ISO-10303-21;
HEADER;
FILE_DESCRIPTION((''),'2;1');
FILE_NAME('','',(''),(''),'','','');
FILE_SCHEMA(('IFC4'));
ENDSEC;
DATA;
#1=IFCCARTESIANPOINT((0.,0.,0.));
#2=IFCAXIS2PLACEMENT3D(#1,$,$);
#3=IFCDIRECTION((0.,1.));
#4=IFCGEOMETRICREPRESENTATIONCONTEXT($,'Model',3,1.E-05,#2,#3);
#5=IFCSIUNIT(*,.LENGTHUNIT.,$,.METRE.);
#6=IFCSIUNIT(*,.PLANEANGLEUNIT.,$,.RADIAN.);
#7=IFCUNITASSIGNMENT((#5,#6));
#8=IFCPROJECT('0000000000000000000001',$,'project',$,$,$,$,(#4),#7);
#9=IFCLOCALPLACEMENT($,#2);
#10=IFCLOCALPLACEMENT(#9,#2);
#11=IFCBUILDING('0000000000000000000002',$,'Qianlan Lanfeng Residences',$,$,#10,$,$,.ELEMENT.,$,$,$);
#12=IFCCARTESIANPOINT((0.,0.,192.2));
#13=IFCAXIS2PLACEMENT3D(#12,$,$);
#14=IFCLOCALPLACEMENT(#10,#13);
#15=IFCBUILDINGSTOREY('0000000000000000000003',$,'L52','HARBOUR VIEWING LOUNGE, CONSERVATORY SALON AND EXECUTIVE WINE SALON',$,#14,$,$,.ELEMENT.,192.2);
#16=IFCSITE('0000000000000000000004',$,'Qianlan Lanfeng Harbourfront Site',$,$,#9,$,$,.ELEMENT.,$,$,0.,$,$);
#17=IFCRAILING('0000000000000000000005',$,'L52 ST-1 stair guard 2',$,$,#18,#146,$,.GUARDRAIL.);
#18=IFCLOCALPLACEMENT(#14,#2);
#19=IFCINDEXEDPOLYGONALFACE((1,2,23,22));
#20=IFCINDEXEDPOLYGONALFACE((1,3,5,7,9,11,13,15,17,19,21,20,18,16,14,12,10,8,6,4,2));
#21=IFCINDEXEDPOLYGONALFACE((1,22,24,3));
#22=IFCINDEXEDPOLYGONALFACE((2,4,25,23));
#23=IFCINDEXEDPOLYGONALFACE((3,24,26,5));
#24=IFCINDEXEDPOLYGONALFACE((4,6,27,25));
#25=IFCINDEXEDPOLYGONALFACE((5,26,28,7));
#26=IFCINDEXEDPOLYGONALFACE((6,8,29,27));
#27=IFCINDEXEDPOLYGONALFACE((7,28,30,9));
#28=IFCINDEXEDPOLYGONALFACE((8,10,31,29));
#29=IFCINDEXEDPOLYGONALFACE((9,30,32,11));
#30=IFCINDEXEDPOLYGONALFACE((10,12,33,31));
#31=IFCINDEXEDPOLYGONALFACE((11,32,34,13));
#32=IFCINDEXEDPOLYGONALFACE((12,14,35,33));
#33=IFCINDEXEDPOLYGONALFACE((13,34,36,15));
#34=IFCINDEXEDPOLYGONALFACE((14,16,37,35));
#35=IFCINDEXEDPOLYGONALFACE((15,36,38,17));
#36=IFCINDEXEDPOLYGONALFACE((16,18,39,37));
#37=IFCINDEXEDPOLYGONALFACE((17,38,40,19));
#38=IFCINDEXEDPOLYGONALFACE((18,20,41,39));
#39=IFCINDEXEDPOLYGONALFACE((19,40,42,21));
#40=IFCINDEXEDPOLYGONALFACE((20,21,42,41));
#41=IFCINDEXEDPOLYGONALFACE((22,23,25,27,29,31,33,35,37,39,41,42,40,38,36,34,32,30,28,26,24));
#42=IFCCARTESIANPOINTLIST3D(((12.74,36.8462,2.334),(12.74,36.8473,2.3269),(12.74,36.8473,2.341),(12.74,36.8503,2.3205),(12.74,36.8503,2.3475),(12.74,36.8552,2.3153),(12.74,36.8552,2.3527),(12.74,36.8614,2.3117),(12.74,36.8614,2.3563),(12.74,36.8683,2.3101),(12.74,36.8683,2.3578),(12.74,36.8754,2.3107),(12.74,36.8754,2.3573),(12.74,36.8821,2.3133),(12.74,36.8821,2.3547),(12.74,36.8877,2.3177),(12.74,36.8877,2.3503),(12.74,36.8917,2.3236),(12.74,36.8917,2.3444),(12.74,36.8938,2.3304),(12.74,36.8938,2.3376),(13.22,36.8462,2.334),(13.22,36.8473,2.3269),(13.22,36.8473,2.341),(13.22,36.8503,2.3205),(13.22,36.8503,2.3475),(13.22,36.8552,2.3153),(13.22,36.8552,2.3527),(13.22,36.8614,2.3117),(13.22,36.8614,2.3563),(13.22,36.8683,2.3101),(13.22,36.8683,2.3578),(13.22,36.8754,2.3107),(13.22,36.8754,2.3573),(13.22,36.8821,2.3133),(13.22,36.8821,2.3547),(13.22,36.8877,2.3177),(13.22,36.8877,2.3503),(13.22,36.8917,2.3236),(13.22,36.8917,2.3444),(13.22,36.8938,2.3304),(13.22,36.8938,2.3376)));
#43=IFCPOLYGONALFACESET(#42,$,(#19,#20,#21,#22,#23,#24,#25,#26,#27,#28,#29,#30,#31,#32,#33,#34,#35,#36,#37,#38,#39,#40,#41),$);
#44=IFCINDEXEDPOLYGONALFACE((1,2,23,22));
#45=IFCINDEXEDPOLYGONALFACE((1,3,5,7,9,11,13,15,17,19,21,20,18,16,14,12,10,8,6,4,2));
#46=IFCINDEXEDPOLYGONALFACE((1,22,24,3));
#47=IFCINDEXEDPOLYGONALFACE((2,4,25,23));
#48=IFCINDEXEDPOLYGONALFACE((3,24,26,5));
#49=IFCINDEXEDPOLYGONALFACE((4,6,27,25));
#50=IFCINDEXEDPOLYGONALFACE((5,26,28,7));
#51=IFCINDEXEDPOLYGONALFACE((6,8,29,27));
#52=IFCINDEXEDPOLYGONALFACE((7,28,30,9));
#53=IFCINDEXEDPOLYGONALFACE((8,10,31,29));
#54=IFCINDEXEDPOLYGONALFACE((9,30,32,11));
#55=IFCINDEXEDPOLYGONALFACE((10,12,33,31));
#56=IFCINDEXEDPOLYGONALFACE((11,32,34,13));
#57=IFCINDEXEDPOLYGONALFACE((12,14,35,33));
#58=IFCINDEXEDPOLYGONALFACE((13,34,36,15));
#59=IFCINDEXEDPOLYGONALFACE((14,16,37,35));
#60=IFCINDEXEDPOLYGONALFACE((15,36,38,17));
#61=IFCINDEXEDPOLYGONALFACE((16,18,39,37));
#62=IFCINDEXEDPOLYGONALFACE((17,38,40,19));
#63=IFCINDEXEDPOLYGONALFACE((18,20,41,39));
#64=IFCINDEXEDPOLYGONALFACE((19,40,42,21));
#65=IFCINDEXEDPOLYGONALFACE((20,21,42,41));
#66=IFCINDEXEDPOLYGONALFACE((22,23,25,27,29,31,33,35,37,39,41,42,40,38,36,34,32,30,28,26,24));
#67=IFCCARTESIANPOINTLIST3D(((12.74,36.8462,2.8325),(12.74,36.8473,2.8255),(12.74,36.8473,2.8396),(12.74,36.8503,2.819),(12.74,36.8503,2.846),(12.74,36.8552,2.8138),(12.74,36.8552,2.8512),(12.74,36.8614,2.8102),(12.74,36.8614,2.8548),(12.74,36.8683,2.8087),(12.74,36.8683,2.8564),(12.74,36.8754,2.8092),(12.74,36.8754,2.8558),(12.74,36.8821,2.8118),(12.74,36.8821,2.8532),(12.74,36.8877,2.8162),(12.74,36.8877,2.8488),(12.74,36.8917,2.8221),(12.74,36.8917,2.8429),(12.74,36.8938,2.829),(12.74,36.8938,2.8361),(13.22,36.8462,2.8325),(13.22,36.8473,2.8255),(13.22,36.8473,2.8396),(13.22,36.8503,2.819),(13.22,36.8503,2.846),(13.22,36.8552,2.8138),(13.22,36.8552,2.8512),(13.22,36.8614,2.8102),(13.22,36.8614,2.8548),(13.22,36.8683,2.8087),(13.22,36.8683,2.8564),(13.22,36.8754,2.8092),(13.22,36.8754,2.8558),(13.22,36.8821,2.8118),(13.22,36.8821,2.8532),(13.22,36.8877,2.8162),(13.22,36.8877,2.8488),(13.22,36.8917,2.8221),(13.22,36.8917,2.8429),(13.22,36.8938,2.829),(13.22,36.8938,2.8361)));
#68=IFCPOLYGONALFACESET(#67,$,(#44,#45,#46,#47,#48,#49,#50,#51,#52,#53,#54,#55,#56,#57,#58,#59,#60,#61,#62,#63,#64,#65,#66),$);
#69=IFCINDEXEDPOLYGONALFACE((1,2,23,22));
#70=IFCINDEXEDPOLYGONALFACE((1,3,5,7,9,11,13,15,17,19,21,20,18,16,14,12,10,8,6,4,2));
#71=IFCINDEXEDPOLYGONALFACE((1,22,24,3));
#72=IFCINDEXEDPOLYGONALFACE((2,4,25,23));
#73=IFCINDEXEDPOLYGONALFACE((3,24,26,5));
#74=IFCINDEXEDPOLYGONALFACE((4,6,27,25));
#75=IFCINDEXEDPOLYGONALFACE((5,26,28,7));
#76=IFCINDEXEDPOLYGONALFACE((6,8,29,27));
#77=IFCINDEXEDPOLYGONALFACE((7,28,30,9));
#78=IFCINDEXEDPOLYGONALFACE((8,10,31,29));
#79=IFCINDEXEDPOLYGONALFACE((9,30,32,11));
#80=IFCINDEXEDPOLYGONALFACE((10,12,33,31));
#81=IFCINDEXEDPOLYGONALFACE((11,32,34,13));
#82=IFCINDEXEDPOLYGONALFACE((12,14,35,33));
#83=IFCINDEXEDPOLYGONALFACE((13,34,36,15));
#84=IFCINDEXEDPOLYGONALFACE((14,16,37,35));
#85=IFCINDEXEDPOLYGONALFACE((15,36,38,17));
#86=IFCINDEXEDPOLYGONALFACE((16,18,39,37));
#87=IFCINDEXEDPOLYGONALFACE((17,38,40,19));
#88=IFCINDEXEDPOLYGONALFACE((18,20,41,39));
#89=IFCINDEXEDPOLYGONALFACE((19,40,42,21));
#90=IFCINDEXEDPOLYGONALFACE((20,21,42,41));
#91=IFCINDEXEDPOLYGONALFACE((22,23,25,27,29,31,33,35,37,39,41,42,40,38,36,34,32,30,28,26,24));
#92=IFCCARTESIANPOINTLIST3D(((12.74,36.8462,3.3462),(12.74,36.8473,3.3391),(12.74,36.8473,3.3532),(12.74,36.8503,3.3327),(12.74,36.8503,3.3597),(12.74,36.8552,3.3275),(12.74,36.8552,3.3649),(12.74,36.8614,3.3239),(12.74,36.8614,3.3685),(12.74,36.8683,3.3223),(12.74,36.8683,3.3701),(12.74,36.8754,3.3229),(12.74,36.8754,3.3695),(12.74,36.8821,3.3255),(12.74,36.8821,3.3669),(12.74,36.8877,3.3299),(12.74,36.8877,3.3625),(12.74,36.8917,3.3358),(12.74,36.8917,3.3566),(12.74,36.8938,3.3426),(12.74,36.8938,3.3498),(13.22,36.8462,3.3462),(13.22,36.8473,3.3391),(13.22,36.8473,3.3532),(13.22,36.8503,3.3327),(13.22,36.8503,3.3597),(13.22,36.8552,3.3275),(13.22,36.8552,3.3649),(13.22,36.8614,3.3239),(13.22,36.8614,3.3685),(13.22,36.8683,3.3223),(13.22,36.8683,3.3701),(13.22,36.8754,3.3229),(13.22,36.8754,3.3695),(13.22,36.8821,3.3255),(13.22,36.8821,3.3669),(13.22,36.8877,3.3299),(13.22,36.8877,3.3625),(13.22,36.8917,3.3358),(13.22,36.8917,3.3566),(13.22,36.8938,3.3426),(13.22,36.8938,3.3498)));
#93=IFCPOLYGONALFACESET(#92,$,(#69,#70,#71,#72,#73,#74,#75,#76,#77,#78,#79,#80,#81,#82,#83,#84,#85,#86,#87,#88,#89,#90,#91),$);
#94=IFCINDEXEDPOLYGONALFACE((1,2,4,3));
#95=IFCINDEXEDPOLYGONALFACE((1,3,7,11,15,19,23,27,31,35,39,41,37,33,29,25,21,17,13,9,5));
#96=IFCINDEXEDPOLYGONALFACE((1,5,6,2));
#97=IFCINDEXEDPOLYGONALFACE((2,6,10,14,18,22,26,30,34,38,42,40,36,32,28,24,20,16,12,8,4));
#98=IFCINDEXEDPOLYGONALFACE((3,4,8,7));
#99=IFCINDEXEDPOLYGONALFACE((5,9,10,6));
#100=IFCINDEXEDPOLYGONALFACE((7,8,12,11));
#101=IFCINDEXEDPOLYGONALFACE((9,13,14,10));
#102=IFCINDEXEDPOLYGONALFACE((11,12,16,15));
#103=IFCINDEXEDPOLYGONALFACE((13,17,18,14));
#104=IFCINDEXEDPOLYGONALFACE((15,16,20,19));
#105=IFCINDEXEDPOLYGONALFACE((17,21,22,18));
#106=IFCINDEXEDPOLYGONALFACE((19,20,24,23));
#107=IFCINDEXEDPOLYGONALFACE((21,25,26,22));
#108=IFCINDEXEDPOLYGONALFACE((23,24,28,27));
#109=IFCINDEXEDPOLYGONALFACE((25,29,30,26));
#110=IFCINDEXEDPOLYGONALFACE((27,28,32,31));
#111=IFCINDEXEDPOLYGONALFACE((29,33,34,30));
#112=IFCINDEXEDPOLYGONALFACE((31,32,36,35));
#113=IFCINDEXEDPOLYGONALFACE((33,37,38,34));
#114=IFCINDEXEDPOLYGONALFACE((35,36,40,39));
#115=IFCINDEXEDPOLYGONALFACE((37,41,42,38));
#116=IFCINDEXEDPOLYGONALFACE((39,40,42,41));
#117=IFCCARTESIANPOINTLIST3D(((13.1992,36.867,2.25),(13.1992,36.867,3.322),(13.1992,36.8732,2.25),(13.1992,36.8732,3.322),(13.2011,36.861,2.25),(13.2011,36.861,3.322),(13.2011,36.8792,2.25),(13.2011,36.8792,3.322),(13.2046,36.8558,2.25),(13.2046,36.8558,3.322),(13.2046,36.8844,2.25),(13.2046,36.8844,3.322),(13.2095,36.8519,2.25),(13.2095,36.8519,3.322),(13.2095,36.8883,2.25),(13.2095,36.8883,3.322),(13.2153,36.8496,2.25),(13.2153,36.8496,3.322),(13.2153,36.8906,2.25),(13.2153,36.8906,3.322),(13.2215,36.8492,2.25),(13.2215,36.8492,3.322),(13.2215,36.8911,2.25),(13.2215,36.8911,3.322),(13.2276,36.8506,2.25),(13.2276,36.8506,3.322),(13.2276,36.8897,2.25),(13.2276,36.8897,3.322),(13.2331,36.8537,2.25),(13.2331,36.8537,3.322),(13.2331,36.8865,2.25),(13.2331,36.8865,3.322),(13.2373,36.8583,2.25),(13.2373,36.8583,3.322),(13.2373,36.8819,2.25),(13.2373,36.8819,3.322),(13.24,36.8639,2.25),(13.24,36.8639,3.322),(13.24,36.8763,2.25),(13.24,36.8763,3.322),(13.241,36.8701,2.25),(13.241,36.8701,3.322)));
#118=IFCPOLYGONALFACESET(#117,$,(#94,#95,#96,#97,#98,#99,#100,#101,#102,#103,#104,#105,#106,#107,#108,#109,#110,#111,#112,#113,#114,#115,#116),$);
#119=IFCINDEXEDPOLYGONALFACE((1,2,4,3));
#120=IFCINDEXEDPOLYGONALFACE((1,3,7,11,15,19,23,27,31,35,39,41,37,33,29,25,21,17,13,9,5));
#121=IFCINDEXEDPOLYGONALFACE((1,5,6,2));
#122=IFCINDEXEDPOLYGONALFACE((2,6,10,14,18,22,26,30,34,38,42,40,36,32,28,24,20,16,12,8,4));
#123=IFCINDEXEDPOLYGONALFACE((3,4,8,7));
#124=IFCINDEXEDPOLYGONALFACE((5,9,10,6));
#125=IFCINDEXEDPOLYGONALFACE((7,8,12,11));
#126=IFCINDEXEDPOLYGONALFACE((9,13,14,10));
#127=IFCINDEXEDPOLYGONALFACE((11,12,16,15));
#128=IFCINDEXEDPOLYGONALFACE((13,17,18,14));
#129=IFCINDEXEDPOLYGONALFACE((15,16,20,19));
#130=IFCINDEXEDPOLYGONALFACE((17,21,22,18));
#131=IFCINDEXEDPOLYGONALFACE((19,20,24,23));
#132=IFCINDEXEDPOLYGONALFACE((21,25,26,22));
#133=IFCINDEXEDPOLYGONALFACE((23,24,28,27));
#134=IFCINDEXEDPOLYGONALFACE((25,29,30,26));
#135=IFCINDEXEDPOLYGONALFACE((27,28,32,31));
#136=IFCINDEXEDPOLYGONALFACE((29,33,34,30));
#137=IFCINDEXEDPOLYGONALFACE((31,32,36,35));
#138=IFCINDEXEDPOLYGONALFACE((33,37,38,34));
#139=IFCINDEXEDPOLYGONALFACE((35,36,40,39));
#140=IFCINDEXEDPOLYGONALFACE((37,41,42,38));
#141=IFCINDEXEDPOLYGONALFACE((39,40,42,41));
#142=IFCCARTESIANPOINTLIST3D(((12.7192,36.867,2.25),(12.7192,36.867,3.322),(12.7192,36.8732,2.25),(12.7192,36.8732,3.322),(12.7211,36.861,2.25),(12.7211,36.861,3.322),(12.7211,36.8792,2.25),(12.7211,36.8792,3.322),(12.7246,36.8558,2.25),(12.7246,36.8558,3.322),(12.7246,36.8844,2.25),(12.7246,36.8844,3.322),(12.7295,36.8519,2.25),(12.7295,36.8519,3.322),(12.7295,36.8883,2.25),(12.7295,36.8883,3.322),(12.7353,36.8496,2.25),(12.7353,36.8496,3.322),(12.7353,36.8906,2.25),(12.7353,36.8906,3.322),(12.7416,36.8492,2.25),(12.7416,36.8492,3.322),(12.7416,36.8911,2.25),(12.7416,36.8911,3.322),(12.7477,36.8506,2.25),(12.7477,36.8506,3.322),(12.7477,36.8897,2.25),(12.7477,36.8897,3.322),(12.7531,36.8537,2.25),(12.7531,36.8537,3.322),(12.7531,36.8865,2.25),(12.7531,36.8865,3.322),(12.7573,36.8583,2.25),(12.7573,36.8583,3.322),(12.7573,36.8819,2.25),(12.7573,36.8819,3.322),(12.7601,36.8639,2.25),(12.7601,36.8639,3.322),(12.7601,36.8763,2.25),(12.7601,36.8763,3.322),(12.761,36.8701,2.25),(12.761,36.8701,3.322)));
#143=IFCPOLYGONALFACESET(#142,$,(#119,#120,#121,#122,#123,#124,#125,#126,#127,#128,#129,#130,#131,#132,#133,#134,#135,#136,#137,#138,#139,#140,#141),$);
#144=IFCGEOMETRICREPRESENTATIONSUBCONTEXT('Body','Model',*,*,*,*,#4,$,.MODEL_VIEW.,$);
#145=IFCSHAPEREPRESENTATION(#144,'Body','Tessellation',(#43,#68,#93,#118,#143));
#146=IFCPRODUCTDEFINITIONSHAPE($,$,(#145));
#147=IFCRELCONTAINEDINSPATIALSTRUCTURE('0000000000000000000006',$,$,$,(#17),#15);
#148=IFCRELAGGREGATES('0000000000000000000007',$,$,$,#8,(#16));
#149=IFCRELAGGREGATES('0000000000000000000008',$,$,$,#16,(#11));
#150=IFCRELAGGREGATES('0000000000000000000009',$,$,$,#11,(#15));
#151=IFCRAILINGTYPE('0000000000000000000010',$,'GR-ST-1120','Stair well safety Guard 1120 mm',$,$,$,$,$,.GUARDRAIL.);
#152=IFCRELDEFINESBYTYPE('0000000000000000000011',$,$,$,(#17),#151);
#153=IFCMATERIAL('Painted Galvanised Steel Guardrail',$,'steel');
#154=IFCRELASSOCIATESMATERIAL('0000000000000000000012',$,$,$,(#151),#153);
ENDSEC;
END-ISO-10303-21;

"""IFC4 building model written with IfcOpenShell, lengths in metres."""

from ifc_helpers import new_model, si_unit, direction, frame, origin, origin_2d, place, context, subcontext, project, spatial, circle, extrude, material, type_object, element, save


model = new_model("IFC4")

# Units and contexts
model_context = context("Model", 3, precision=1e-05, world=origin(), true_north=direction((0.0, 1.0)))
body_context = subcontext(model_context, "Body", "Model", "MODEL_VIEW")
ifc_project = project(units=[si_unit("LENGTHUNIT", "METRE"), si_unit("PLANEANGLEUNIT", "RADIAN")], contexts=[model_context])

# Site, building, storey
site_placement = place(None, origin())
site = spatial("IfcSite", under=ifc_project, at=site_placement, Name="Qianlan Lanfeng Harbourfront Site", CompositionType="ELEMENT", RefElevation=0.0)
building_placement = place(site_placement, origin())
building = spatial("IfcBuilding", under=site, at=building_placement, Name="Qianlan Lanfeng Residences", CompositionType="ELEMENT")
storey_placement = place(building_placement, frame((0.0, 0.0, 192.2)))
storey = spatial("IfcBuildingStorey", under=building, at=storey_placement, Name="L52", Description="HARBOUR VIEWING LOUNGE, CONSERVATORY SALON AND EXECUTIVE WINE SALON", CompositionType="ELEMENT", Elevation=192.2)

# Railing
ifc_material_1 = material(Name="Painted Galvanised Steel Guardrail", Category="steel")
railing_type_1 = type_object("IfcRailingType", Name="GR-ST-1120", Description="Stair well safety Guard 1120 mm", PredefinedType="GUARDRAIL", material=ifc_material_1)
railing_1_placement = place(storey_placement, frame((13.22, 36.8701, 2.25)))
element("IfcRailing", 1, at=railing_1_placement, inside=storey, type_object=railing_type_1, Name="L52 ST-1 stair guard 2", PredefinedType="GUARDRAIL", context=body_context, shape_type="SweptSolid", body=[
    extrude(circle(Radius=0.0239, at=origin_2d()), frame((0.0, 0.0, 0.084), z_axis=(-1.0, 0.0, 0.0), x_axis=(0.0, -1.0, 0.0)), (0.0, 0.0, 1.0), 0.48),
    extrude(circle(Radius=0.0239, at=origin_2d()), frame((0.0, 0.0, 0.5825), z_axis=(-1.0, 0.0, 0.0), x_axis=(0.0, -1.0, 0.0)), (0.0, 0.0, 1.0), 0.48),
    extrude(circle(Radius=0.0239, at=origin_2d()), frame((0.0, 0.0, 1.0962), z_axis=(-1.0, 0.0, 0.0), x_axis=(0.0, -1.0, 0.0)), (0.0, 0.0, 1.0), 0.48),
    extrude(circle(Radius=0.021, at=origin_2d()), origin(), (0.0, 0.0, 1.0), 1.072),
    extrude(circle(Radius=0.021, at=origin_2d()), frame((-0.48, 0.0, 0.0)), (0.0, 0.0, 1.0), 1.072),
])

save(model, "model.ifc")
